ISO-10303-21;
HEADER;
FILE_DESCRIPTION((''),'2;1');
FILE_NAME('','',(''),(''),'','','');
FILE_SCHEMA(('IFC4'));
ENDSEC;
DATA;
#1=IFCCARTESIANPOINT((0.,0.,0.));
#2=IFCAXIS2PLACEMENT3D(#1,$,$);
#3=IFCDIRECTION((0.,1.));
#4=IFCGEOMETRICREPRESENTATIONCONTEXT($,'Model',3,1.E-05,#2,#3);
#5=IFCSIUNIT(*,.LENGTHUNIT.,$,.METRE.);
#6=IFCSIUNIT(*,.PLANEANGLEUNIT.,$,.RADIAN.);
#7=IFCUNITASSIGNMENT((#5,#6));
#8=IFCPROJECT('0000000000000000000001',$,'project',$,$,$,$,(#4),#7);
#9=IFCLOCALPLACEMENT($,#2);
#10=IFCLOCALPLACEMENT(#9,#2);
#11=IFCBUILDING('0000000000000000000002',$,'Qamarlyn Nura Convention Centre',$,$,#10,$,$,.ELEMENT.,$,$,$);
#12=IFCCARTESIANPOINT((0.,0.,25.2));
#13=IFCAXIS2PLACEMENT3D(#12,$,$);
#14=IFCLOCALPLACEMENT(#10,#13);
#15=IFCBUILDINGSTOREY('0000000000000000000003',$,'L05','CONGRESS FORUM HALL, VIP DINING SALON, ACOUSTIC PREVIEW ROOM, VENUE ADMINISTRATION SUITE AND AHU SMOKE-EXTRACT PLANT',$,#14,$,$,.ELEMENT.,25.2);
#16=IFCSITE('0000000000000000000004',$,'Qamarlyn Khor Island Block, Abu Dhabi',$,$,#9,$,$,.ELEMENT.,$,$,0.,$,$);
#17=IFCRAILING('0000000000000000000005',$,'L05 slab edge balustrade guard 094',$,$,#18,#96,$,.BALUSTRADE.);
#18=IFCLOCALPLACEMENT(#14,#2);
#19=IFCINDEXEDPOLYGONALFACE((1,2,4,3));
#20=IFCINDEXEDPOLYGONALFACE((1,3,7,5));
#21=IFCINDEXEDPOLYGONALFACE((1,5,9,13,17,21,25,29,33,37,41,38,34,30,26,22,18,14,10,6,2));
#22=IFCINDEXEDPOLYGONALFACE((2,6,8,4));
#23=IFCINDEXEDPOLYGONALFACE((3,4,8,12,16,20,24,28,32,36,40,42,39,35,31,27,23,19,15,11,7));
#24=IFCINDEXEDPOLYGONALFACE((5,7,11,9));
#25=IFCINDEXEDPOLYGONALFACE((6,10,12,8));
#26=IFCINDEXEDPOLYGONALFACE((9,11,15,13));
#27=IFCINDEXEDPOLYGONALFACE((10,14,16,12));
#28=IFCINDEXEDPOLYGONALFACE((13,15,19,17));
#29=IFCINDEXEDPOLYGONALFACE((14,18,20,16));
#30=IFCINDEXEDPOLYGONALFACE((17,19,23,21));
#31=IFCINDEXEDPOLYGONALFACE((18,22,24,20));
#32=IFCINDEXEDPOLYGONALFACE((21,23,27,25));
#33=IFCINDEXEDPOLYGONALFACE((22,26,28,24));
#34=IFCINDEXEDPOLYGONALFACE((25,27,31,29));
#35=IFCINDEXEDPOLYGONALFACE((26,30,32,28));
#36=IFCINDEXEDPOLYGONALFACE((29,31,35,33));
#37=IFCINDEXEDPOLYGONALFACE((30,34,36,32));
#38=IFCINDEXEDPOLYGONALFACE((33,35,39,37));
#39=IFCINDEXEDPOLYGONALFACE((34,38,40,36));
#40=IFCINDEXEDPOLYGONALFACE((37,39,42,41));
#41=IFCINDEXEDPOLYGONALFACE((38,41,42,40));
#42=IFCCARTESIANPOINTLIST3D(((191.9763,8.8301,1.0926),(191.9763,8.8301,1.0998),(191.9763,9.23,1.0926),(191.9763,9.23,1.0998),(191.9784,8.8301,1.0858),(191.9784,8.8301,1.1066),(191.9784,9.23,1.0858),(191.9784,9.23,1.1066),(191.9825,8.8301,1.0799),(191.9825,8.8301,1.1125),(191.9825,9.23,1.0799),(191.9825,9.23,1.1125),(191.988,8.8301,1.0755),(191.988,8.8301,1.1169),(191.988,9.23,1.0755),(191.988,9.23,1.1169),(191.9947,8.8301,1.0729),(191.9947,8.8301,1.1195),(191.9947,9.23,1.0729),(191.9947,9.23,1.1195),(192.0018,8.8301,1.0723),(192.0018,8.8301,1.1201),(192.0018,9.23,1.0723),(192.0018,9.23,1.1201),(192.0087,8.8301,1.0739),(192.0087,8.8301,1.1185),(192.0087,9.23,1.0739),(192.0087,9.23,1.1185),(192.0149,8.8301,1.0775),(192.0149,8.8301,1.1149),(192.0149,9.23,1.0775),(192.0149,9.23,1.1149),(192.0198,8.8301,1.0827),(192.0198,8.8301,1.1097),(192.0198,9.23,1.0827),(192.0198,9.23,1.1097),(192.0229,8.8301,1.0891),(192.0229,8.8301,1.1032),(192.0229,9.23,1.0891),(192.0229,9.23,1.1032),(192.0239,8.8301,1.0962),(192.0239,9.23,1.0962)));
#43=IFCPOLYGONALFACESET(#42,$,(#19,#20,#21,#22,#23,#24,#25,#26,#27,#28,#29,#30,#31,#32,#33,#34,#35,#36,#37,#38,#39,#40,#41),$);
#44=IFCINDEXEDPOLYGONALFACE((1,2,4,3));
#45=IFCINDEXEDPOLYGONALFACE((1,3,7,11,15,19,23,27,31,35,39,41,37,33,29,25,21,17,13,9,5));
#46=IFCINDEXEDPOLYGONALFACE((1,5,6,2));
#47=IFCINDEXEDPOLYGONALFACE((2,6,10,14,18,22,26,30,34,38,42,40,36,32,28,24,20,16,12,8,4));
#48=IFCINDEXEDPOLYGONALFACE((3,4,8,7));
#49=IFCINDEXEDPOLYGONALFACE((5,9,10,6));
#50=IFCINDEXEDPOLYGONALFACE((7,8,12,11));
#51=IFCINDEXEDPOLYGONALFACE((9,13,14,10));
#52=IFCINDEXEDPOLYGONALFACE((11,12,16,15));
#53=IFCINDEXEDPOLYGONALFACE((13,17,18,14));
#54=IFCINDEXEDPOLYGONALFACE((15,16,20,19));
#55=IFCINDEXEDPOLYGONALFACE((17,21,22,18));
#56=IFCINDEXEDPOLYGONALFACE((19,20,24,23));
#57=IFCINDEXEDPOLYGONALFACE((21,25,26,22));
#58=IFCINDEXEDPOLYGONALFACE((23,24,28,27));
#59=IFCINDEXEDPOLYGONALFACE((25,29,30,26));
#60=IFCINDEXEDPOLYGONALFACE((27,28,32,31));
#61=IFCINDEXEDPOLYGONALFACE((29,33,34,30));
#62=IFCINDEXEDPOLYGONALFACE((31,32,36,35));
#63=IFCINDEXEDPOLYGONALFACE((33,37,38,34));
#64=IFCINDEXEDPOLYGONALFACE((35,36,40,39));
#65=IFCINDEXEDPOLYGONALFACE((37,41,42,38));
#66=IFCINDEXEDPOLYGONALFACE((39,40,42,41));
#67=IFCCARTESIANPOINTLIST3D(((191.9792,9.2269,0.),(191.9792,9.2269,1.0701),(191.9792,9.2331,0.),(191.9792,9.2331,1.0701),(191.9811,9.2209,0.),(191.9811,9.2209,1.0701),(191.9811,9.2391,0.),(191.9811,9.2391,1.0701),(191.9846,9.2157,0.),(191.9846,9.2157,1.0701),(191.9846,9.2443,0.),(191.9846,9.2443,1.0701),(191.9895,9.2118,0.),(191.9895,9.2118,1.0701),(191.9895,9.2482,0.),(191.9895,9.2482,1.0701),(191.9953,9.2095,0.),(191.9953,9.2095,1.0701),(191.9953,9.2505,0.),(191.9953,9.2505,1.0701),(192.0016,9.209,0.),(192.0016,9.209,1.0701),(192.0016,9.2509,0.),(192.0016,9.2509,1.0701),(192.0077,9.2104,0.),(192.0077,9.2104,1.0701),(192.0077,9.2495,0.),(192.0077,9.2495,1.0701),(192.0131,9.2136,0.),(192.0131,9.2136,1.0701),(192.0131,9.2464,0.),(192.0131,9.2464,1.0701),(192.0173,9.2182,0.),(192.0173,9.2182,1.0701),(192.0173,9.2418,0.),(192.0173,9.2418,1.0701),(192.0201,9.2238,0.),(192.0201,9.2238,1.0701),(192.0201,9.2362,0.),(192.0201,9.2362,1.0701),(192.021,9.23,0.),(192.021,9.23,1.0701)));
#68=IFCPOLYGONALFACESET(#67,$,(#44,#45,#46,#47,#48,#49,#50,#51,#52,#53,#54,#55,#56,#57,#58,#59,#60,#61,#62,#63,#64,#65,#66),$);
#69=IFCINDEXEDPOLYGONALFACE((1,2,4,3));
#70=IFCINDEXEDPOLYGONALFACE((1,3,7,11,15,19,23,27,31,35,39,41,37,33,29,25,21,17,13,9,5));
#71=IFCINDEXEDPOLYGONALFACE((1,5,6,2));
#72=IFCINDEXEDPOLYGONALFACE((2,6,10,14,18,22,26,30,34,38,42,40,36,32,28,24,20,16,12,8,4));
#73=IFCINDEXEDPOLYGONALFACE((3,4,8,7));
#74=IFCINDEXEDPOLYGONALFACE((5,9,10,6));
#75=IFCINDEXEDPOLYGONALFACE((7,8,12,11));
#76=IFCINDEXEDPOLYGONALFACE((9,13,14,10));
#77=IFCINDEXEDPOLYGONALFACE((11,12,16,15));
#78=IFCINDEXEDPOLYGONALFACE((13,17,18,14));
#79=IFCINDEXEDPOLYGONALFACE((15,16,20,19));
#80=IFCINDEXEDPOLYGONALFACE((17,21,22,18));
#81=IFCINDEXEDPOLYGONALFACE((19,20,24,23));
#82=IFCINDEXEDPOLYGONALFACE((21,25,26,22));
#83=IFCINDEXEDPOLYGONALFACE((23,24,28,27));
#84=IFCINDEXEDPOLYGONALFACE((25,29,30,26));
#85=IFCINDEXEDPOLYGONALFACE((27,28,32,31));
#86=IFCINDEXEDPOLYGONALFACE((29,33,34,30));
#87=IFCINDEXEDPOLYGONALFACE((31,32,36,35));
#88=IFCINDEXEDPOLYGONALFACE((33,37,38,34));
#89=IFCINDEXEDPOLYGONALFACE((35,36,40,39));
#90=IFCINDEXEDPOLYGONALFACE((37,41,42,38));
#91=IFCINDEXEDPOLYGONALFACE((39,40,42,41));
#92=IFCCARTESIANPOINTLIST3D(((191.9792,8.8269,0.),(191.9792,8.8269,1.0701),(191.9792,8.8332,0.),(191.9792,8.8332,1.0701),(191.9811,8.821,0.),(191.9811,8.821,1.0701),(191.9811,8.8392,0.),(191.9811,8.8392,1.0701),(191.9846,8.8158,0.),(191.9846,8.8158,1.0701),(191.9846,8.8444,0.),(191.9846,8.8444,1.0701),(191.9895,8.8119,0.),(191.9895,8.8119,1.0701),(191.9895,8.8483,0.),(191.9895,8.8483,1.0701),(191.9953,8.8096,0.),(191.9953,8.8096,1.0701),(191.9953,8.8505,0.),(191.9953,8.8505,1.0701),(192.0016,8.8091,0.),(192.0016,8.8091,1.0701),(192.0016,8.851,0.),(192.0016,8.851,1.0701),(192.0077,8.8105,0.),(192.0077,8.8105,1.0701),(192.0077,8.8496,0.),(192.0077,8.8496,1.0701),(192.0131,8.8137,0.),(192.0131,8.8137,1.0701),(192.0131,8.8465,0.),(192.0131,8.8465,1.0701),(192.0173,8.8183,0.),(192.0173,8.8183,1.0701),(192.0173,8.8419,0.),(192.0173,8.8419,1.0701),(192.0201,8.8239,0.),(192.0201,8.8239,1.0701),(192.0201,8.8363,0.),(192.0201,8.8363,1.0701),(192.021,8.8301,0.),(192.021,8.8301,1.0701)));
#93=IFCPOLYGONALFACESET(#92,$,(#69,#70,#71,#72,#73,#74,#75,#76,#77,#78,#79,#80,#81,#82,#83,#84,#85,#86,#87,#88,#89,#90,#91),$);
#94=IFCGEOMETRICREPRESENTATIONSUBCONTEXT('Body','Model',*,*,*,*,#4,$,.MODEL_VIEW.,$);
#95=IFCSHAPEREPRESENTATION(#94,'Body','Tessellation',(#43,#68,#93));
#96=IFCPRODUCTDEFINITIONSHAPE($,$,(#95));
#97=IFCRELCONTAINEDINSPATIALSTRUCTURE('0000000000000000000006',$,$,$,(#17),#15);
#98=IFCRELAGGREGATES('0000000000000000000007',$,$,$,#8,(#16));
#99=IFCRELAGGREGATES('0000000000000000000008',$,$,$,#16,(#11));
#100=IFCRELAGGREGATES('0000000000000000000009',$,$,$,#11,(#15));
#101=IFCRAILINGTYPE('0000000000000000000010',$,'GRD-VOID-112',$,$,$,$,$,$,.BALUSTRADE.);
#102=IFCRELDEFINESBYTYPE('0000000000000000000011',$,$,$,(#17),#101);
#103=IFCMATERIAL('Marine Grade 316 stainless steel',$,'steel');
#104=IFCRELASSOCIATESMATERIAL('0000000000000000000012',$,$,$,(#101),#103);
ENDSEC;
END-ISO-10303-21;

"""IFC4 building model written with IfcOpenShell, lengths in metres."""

from ifc_helpers import new_model, si_unit, direction, frame, origin, origin_2d, place, context, subcontext, project, spatial, circle, extrude, material, type_object, element, save


model = new_model("IFC4")

# Units and contexts
model_context = context("Model", 3, precision=1e-05, world=origin(), true_north=direction((0.0, 1.0)))
body_context = subcontext(model_context, "Body", "Model", "MODEL_VIEW")
ifc_project = project(units=[si_unit("LENGTHUNIT", "METRE"), si_unit("PLANEANGLEUNIT", "RADIAN")], contexts=[model_context])

# Site, building, storey
site_placement = place(None, origin())
site = spatial("IfcSite", under=ifc_project, at=site_placement, Name="Qamarlyn Khor Island Block, Abu Dhabi", CompositionType="ELEMENT", RefElevation=0.0)
building_placement = place(site_placement, origin())
building = spatial("IfcBuilding", under=site, at=building_placement, Name="Qamarlyn Nura Convention Centre", CompositionType="ELEMENT")
storey_placement = place(building_placement, frame((0.0, 0.0, 25.2)))
storey = spatial("IfcBuildingStorey", under=building, at=storey_placement, Name="L05", Description="CONGRESS FORUM HALL, VIP DINING SALON, ACOUSTIC PREVIEW ROOM, VENUE ADMINISTRATION SUITE AND AHU SMOKE-EXTRACT PLANT", CompositionType="ELEMENT", Elevation=25.2)

# Shared definitions
ifc_material_1 = material(Name="Marine Grade 316 stainless steel", Category="steel")

# Railing
railing_type = type_object("IfcRailingType", Name="GRD-VOID-112", PredefinedType="BALUSTRADE", material=ifc_material_1)
railing_placement = place(storey_placement, frame((192.0, 9.23, 0.0)))
element("IfcRailing", 1, at=railing_placement, inside=storey, type_object=railing_type, Name="L05 slab edge balustrade guard 094", PredefinedType="BALUSTRADE", context=body_context, shape_type="SweptSolid", body=[
    extrude(circle(Radius=0.0239, at=origin_2d()), frame((0.0, 0.0, 1.0962), z_axis=(0.0, -1.0, 0.0), x_axis=(1.0, 0.0, 0.0)), (0.0, 0.0, 1.0), 0.3999),
    extrude(circle(Radius=0.021, at=origin_2d()), origin(), (0.0, 0.0, 1.0), 1.0701),
    extrude(circle(Radius=0.021, at=origin_2d()), frame((0.0, -0.3999, 0.0)), (0.0, 0.0, 1.0), 1.0701),
])

save(model, "model.ifc")
